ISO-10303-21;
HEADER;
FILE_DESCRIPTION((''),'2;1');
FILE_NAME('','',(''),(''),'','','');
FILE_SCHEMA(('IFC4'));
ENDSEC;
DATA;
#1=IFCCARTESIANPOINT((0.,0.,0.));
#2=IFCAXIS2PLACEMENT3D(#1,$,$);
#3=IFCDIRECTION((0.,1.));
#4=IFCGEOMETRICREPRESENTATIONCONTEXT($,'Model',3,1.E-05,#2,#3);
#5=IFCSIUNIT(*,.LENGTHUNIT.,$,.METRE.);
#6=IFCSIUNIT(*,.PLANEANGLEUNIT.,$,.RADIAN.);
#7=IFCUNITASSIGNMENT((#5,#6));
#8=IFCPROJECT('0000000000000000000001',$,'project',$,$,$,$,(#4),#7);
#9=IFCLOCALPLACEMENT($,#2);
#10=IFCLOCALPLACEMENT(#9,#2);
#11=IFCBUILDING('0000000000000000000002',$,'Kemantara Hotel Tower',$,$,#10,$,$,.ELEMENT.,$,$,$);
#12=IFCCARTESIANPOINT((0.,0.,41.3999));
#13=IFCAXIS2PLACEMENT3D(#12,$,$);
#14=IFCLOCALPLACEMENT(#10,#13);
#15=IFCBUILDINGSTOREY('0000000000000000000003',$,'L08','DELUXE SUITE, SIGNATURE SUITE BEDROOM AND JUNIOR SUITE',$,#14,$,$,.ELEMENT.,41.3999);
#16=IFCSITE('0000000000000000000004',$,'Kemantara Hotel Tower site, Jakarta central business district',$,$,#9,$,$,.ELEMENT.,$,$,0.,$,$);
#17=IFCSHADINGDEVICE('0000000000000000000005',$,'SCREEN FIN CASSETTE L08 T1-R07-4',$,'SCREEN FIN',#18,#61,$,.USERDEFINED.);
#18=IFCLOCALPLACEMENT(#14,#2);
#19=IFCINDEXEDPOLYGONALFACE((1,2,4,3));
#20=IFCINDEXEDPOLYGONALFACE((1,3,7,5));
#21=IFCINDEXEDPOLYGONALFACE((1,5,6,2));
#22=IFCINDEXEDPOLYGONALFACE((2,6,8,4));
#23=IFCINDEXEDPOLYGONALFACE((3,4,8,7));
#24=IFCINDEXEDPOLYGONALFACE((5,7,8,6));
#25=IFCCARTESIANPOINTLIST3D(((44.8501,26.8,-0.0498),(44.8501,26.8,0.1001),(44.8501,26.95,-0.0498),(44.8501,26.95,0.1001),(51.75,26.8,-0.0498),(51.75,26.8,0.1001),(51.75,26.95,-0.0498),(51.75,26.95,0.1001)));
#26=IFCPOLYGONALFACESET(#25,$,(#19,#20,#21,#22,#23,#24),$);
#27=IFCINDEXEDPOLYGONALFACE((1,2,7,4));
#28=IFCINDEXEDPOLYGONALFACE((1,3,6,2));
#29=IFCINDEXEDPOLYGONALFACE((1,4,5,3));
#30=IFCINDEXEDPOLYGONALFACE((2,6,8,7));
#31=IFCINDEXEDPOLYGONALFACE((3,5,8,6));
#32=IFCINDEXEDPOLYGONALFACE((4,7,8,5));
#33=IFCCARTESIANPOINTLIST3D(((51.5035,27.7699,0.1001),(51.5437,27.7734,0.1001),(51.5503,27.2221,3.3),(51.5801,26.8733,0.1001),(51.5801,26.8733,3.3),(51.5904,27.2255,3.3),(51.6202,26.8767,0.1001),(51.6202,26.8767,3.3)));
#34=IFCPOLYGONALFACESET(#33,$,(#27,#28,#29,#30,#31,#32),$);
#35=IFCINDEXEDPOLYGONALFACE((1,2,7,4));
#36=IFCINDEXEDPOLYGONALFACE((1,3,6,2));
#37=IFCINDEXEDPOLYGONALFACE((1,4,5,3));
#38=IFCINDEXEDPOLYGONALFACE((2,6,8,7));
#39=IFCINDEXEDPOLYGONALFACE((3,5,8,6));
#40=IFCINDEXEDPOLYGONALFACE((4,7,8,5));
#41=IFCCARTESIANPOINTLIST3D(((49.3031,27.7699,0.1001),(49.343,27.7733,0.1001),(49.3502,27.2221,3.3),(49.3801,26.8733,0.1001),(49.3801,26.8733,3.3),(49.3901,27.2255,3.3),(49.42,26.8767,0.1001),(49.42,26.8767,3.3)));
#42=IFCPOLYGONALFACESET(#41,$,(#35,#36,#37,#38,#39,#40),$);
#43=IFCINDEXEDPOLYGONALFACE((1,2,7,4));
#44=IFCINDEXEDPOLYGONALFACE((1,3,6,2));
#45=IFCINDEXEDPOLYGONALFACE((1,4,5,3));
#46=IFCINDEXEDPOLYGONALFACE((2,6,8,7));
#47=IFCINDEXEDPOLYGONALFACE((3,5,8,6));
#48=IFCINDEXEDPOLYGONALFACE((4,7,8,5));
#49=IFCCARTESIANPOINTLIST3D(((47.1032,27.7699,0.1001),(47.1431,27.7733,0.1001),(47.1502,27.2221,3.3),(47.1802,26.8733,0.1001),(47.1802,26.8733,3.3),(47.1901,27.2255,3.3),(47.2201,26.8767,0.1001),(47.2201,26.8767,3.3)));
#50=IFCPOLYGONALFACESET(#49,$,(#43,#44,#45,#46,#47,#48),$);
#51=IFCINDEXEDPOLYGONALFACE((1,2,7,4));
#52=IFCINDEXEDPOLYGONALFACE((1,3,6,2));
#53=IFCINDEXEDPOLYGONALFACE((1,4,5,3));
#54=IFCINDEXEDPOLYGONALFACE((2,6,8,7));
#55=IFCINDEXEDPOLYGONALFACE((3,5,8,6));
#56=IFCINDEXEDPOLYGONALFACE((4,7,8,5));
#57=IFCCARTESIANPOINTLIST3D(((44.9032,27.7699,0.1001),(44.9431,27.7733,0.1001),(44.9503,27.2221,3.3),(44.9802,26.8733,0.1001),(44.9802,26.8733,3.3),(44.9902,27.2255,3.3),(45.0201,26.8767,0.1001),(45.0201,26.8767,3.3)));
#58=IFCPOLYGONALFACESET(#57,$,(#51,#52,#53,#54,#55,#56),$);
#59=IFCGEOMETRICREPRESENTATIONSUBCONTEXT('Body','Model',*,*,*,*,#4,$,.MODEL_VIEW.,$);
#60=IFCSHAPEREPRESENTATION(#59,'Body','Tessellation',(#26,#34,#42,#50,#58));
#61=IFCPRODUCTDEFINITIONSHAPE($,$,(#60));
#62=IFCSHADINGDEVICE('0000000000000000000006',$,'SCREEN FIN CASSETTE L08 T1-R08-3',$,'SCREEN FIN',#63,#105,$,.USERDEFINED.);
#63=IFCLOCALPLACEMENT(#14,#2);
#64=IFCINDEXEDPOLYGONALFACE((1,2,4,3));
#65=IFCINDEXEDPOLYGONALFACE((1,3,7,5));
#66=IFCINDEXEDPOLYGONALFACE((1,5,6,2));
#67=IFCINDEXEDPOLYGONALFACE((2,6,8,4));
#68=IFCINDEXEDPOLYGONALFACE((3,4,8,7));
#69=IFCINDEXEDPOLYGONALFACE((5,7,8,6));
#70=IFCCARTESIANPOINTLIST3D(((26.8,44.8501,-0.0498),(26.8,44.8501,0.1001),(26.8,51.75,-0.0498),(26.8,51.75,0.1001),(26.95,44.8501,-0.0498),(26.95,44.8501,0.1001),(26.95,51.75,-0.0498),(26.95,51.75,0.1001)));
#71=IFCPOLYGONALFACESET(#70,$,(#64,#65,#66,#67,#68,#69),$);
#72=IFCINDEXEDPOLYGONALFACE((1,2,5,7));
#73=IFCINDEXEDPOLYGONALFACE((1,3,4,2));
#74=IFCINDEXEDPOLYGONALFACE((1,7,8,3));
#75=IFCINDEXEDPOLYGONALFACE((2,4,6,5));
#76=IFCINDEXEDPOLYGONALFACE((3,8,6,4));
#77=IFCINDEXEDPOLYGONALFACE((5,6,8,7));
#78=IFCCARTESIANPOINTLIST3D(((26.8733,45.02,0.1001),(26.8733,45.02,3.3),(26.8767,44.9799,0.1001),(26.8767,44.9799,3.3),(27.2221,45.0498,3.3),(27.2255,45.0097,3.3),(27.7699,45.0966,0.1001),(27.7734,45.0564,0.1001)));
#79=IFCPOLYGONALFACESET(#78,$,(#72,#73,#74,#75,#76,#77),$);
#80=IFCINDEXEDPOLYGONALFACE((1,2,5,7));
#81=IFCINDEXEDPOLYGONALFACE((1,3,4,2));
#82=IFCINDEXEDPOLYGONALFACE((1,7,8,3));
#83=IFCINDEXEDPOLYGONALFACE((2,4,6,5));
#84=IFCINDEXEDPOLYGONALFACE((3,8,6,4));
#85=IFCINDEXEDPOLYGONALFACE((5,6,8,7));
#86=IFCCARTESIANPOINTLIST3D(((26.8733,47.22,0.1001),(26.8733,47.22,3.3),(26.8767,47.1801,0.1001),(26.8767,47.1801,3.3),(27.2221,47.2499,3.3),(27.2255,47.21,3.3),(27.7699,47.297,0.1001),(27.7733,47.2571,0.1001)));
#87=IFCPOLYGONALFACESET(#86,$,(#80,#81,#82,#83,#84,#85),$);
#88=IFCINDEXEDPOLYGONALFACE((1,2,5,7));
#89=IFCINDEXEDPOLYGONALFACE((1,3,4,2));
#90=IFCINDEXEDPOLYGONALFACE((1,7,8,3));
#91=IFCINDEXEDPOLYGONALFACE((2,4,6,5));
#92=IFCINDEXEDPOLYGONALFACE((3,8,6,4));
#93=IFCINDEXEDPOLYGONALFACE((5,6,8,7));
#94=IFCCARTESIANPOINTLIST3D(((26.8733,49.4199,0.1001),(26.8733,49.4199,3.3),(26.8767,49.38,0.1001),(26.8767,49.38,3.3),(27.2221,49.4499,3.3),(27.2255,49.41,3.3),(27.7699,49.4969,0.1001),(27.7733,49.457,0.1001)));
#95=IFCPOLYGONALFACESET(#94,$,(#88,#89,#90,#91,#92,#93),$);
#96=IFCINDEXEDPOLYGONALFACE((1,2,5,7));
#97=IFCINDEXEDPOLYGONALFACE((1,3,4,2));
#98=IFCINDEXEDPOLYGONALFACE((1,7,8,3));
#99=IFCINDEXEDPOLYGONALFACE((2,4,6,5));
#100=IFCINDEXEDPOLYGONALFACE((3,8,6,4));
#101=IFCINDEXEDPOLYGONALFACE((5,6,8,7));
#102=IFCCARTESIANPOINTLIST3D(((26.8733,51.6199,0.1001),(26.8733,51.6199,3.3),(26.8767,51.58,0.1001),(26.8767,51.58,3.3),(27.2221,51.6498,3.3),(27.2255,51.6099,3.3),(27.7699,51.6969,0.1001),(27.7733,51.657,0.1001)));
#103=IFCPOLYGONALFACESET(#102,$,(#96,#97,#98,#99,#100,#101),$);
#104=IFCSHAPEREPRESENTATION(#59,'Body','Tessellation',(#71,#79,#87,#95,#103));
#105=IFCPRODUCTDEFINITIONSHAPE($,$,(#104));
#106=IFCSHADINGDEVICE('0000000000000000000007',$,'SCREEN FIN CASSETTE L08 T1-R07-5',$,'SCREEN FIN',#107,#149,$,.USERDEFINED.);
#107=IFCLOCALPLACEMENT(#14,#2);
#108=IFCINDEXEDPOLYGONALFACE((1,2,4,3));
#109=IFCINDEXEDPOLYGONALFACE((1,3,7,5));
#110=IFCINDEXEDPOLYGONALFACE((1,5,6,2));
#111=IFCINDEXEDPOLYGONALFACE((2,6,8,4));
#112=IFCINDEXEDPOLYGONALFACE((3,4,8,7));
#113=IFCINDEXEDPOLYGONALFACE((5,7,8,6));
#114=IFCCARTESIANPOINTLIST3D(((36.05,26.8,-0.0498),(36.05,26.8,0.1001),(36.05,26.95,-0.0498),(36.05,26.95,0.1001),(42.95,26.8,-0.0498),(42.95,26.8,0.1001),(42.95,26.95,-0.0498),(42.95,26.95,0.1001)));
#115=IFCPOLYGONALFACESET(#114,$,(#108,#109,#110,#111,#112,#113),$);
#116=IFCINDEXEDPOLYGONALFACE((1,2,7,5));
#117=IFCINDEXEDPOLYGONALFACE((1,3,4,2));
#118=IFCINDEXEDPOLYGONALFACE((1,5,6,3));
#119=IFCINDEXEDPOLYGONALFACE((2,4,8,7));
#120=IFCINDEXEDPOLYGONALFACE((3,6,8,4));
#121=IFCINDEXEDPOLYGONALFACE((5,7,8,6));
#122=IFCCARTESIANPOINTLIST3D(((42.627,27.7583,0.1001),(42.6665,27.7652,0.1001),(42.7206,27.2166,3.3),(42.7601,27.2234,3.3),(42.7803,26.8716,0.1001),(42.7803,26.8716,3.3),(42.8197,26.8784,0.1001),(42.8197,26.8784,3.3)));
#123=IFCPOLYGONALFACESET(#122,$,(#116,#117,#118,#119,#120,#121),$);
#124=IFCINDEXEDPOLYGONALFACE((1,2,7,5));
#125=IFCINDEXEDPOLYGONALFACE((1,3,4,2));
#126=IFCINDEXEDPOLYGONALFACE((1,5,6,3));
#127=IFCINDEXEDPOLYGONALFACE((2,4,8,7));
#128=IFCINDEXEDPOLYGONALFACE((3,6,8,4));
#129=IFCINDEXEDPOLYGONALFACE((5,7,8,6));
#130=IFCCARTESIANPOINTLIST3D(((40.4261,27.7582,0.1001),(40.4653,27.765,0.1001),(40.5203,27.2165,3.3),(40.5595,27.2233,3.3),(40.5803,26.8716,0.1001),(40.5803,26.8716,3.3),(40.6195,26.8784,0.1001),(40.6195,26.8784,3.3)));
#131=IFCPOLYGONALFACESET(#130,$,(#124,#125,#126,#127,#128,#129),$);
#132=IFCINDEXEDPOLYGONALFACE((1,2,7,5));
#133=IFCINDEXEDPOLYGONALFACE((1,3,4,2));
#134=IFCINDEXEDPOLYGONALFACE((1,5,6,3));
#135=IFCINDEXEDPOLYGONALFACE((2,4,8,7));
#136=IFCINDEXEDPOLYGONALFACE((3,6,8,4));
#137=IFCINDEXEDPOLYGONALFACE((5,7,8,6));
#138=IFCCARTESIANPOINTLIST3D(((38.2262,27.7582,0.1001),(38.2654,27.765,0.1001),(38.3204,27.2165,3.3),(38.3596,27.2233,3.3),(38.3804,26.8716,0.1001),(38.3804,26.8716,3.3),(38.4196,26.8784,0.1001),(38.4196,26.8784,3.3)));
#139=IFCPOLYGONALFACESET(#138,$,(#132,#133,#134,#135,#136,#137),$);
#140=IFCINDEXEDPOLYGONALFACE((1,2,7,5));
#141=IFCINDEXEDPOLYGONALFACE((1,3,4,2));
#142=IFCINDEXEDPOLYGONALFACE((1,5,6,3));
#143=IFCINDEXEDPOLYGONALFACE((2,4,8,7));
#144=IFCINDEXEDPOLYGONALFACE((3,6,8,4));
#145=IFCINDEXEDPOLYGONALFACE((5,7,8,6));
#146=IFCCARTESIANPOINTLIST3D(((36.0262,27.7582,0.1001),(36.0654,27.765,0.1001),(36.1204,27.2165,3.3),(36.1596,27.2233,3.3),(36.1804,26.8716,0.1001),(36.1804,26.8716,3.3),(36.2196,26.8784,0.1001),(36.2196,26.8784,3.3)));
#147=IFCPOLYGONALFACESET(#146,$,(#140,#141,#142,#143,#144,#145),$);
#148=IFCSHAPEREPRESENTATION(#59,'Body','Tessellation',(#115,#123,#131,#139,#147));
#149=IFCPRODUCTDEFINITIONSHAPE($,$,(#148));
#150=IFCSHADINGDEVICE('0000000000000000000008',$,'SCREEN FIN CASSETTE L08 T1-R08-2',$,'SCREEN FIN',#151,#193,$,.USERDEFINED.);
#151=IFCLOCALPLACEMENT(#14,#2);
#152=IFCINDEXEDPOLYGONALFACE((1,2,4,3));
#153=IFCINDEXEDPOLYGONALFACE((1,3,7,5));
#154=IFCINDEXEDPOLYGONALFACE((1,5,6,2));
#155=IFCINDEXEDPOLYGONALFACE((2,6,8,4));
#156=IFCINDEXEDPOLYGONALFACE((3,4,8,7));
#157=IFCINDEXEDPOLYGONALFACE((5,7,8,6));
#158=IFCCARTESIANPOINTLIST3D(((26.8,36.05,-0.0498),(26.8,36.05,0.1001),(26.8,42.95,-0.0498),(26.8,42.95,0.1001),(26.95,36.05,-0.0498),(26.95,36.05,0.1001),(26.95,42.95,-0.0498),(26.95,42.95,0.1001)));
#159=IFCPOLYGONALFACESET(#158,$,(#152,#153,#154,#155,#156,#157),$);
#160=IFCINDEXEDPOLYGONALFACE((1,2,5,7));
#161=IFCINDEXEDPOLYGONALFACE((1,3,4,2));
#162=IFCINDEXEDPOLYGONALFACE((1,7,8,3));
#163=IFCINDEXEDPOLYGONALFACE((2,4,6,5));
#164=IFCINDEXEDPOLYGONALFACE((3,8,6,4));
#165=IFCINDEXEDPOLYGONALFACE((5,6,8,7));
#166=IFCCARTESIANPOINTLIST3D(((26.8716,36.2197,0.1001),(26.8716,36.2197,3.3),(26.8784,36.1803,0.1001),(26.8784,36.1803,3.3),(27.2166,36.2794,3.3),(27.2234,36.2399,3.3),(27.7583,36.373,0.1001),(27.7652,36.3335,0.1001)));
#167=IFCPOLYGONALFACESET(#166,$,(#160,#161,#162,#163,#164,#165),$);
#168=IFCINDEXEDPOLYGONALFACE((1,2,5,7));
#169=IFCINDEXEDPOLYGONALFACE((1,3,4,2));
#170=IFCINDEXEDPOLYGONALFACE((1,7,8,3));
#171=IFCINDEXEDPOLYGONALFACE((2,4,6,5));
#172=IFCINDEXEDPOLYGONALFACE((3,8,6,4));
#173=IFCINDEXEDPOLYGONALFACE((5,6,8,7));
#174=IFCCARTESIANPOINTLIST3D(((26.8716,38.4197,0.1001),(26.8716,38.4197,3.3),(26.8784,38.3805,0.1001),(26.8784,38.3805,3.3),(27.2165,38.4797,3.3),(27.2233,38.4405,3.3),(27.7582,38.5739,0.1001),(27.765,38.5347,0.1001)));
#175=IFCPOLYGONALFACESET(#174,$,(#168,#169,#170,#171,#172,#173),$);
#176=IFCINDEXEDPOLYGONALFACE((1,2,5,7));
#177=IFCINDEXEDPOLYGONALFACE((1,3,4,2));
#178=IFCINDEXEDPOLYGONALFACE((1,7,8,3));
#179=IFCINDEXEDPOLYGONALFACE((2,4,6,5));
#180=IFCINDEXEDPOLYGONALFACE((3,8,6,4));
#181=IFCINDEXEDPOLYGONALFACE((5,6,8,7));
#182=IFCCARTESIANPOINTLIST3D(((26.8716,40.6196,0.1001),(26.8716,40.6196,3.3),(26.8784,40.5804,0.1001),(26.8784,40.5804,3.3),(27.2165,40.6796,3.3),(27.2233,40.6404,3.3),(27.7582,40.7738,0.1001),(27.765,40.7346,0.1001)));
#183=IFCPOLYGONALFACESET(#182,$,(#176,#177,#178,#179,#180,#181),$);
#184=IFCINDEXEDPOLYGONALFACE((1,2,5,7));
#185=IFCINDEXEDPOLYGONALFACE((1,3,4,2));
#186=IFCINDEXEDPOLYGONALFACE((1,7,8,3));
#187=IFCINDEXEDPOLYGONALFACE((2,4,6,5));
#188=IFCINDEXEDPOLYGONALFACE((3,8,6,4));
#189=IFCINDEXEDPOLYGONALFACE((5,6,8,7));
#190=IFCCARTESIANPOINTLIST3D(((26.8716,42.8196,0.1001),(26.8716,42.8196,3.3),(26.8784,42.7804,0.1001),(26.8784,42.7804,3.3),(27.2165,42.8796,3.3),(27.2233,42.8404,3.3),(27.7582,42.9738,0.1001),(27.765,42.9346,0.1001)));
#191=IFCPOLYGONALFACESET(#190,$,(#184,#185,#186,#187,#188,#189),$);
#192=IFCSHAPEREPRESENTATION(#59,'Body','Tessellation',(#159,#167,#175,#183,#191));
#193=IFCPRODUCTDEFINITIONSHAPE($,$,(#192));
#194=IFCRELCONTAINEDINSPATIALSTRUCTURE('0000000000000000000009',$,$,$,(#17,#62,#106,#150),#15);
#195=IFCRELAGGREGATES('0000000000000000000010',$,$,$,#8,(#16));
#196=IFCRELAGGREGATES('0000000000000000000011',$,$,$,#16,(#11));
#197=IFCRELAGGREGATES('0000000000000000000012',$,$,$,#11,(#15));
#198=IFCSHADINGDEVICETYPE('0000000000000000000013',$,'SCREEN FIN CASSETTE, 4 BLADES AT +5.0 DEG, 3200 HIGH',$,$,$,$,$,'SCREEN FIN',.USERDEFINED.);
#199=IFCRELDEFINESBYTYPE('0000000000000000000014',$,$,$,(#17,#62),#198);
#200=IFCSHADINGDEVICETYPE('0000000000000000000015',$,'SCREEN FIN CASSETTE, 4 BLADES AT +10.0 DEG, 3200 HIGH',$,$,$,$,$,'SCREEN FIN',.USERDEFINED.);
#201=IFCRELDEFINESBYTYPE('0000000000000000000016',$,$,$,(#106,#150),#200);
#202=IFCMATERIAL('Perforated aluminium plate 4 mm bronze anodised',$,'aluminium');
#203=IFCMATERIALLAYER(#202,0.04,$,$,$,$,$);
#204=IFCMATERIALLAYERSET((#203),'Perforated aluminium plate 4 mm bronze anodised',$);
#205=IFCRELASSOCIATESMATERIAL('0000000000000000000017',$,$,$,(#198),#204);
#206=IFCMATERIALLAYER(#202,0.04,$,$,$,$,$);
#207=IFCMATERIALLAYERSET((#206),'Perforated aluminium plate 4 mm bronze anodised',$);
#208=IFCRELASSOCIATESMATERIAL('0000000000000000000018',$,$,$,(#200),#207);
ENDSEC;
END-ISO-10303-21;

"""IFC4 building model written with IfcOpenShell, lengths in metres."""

from ifc_helpers import new_model, si_unit, direction, frame, origin, origin_2d, place, context, subcontext, project, spatial, polyline, rectangle, outline, extrude, source, transform, mapped, material, layer, layer_set, type_object, element, save


model = new_model("IFC4")

# Units and contexts
model_context = context("Model", 3, precision=1e-05, world=origin(), true_north=direction((0.0, 1.0)))
body_context = subcontext(model_context, "Body", "Model", "MODEL_VIEW")
ifc_project = project(units=[si_unit("LENGTHUNIT", "METRE"), si_unit("PLANEANGLEUNIT", "RADIAN")], contexts=[model_context])

# Site, building, storey
site_placement = place(None, origin())
site = spatial("IfcSite", under=ifc_project, at=site_placement, Name="Kemantara Hotel Tower site, Jakarta central business district", CompositionType="ELEMENT", RefElevation=0.0)
building_placement = place(site_placement, origin())
building = spatial("IfcBuilding", under=site, at=building_placement, Name="Kemantara Hotel Tower", CompositionType="ELEMENT")
storey_placement = place(building_placement, frame((0.0, 0.0, 41.3999)))
storey = spatial("IfcBuildingStorey", under=building, at=storey_placement, Name="L08", Description="DELUXE SUITE, SIGNATURE SUITE BEDROOM AND JUNIOR SUITE", CompositionType="ELEMENT", Elevation=41.3999)

# Shading devices
ifc_material_1 = material(Name="Perforated aluminium plate 4 mm bronze anodised", Category="aluminium")
ifc_layer_1 = layer(ifc_material_1, 0.04)
ifc_layer_set_1 = layer_set([ifc_layer_1], Name="Perforated aluminium plate 4 mm bronze anodised")
shading_device_type_1 = type_object("IfcShadingDeviceType", Name="SCREEN FIN CASSETTE, 4 BLADES AT +5.0 DEG, 3200 HIGH", ElementType="SCREEN FIN", PredefinedType="USERDEFINED", material=ifc_layer_set_1)
shared_shape_1 = source(origin(), body_context, "Body", "SweptSolid", [
    extrude(rectangle(XDim=6.8999, YDim=0.1499, at=origin_2d()), frame((3.3, -0.075, -0.1499), z_axis=(0.0, 0.0, 1.0), x_axis=(1.0, 0.0, 0.0)), (0.0, 0.0, 1.0), 0.1499),
    extrude(outline(polyline([(0.0, 0.0), (0.8999, 0.0), (0.3501, 3.2), (0.0, 3.2), (0.0, 0.0)])), frame((0.02, -0.0732, 0.0), z_axis=(-0.996376, -0.085056, 0.0), x_axis=(0.085056, -0.996376, 0.0)), (0.0, 0.0, 1.0), 0.0403),
    extrude(outline(polyline([(0.0, 0.0), (0.8999, 0.0), (0.3501, 3.2), (0.0, 3.2), (0.0, 0.0)])), frame((2.22, -0.0732, 0.0), z_axis=(-0.996332, -0.085575, 0.0), x_axis=(0.085575, -0.996332, 0.0)), (0.0, 0.0, 1.0), 0.04),
    extrude(outline(polyline([(0.0, 0.0), (0.8999, 0.0), (0.3501, 3.2), (0.0, 3.2), (0.0, 0.0)])), frame((4.4199, -0.0732, 0.0), z_axis=(-0.996332, -0.085575, 0.0), x_axis=(0.085575, -0.996332, 0.0)), (0.0, 0.0, 1.0), 0.04),
    extrude(outline(polyline([(0.0, 0.0), (0.8999, 0.0), (0.3501, 3.2), (0.0, 3.2), (0.0, 0.0)])), frame((6.6199, -0.0732, 0.0), z_axis=(-0.996332, -0.085575, 0.0), x_axis=(0.085575, -0.996332, 0.0)), (0.0, 0.0, 1.0), 0.04),
])
for number, where, z_axis, x_axis, name in (
    (1, (51.6001, 26.8, 0.1001), (0.0, 0.0, 1.0), (-1.0, 0.0, 0.0), "SCREEN FIN CASSETTE L08 T1-R07-4"),
    (2, (26.8, 45.0, 0.1001), (0.0, 0.0, 1.0), (0.0, 1.0, 0.0), "SCREEN FIN CASSETTE L08 T1-R08-3"),
):
    element("IfcShadingDevice", number, at=place(storey_placement, frame(where, z_axis=z_axis, x_axis=x_axis)), inside=storey, type_object=shading_device_type_1, Name=name, ObjectType="SCREEN FIN", PredefinedType="USERDEFINED", context=body_context, shape_type="MappedRepresentation", body=[
        mapped(shared_shape_1, transform((0.0, 0.0, 0.0))),
    ])
ifc_layer_2 = layer(ifc_material_1, 0.04)
ifc_layer_set_2 = layer_set([ifc_layer_2], Name="Perforated aluminium plate 4 mm bronze anodised")
shading_device_type_2 = type_object("IfcShadingDeviceType", Name="SCREEN FIN CASSETTE, 4 BLADES AT +10.0 DEG, 3200 HIGH", ElementType="SCREEN FIN", PredefinedType="USERDEFINED", material=ifc_layer_set_2)
shared_shape_2 = source(origin(), body_context, "Body", "SweptSolid", [
    extrude(rectangle(XDim=6.8999, YDim=0.1499, at=origin_2d()), frame((3.3, -0.075, -0.1499), z_axis=(0.0, 0.0, 1.0), x_axis=(1.0, 0.0, 0.0)), (0.0, 0.0, 1.0), 0.1499),
    extrude(outline(polyline([(0.0, 0.0), (0.8999, 0.0), (0.3501, 3.2), (0.0, 3.2), (0.0, 0.0)])), frame((0.0198, -0.0715, 0.0), z_axis=(-0.98539, -0.170314, 0.0), x_axis=(0.170314, -0.98539, 0.0)), (0.0, 0.0, 1.0), 0.04),
    extrude(outline(polyline([(0.0, 0.0), (0.8999, 0.0), (0.3501, 3.2), (0.0, 3.2), (0.0, 0.0)])), frame((2.2197, -0.0715, 0.0), z_axis=(-0.985212, -0.171341, 0.0), x_axis=(0.171341, -0.985212, 0.0)), (0.0, 0.0, 1.0), 0.0398),
    extrude(outline(polyline([(0.0, 0.0), (0.8999, 0.0), (0.3501, 3.2), (0.0, 3.2), (0.0, 0.0)])), frame((4.4197, -0.0715, 0.0), z_axis=(-0.985212, -0.171341, 0.0), x_axis=(0.171341, -0.985212, 0.0)), (0.0, 0.0, 1.0), 0.0398),
    extrude(outline(polyline([(0.0, 0.0), (0.8999, 0.0), (0.3501, 3.2), (0.0, 3.2), (0.0, 0.0)])), frame((6.6196, -0.0715, 0.0), z_axis=(-0.985212, -0.171341, 0.0), x_axis=(0.171341, -0.985212, 0.0)), (0.0, 0.0, 1.0), 0.0398),
])
for number, where, z_axis, x_axis, name in (
    (3, (42.8, 26.8, 0.1001), (0.0, 0.0, 1.0), (-1.0, 0.0, 0.0), "SCREEN FIN CASSETTE L08 T1-R07-5"),
    (4, (26.8, 36.2, 0.1001), (0.0, 0.0, 1.0), (0.0, 1.0, 0.0), "SCREEN FIN CASSETTE L08 T1-R08-2"),
):
    element("IfcShadingDevice", number, at=place(storey_placement, frame(where, z_axis=z_axis, x_axis=x_axis)), inside=storey, type_object=shading_device_type_2, Name=name, ObjectType="SCREEN FIN", PredefinedType="USERDEFINED", context=body_context, shape_type="MappedRepresentation", body=[
        mapped(shared_shape_2, transform((0.0, 0.0, 0.0))),
    ])

save(model, "model.ifc")
